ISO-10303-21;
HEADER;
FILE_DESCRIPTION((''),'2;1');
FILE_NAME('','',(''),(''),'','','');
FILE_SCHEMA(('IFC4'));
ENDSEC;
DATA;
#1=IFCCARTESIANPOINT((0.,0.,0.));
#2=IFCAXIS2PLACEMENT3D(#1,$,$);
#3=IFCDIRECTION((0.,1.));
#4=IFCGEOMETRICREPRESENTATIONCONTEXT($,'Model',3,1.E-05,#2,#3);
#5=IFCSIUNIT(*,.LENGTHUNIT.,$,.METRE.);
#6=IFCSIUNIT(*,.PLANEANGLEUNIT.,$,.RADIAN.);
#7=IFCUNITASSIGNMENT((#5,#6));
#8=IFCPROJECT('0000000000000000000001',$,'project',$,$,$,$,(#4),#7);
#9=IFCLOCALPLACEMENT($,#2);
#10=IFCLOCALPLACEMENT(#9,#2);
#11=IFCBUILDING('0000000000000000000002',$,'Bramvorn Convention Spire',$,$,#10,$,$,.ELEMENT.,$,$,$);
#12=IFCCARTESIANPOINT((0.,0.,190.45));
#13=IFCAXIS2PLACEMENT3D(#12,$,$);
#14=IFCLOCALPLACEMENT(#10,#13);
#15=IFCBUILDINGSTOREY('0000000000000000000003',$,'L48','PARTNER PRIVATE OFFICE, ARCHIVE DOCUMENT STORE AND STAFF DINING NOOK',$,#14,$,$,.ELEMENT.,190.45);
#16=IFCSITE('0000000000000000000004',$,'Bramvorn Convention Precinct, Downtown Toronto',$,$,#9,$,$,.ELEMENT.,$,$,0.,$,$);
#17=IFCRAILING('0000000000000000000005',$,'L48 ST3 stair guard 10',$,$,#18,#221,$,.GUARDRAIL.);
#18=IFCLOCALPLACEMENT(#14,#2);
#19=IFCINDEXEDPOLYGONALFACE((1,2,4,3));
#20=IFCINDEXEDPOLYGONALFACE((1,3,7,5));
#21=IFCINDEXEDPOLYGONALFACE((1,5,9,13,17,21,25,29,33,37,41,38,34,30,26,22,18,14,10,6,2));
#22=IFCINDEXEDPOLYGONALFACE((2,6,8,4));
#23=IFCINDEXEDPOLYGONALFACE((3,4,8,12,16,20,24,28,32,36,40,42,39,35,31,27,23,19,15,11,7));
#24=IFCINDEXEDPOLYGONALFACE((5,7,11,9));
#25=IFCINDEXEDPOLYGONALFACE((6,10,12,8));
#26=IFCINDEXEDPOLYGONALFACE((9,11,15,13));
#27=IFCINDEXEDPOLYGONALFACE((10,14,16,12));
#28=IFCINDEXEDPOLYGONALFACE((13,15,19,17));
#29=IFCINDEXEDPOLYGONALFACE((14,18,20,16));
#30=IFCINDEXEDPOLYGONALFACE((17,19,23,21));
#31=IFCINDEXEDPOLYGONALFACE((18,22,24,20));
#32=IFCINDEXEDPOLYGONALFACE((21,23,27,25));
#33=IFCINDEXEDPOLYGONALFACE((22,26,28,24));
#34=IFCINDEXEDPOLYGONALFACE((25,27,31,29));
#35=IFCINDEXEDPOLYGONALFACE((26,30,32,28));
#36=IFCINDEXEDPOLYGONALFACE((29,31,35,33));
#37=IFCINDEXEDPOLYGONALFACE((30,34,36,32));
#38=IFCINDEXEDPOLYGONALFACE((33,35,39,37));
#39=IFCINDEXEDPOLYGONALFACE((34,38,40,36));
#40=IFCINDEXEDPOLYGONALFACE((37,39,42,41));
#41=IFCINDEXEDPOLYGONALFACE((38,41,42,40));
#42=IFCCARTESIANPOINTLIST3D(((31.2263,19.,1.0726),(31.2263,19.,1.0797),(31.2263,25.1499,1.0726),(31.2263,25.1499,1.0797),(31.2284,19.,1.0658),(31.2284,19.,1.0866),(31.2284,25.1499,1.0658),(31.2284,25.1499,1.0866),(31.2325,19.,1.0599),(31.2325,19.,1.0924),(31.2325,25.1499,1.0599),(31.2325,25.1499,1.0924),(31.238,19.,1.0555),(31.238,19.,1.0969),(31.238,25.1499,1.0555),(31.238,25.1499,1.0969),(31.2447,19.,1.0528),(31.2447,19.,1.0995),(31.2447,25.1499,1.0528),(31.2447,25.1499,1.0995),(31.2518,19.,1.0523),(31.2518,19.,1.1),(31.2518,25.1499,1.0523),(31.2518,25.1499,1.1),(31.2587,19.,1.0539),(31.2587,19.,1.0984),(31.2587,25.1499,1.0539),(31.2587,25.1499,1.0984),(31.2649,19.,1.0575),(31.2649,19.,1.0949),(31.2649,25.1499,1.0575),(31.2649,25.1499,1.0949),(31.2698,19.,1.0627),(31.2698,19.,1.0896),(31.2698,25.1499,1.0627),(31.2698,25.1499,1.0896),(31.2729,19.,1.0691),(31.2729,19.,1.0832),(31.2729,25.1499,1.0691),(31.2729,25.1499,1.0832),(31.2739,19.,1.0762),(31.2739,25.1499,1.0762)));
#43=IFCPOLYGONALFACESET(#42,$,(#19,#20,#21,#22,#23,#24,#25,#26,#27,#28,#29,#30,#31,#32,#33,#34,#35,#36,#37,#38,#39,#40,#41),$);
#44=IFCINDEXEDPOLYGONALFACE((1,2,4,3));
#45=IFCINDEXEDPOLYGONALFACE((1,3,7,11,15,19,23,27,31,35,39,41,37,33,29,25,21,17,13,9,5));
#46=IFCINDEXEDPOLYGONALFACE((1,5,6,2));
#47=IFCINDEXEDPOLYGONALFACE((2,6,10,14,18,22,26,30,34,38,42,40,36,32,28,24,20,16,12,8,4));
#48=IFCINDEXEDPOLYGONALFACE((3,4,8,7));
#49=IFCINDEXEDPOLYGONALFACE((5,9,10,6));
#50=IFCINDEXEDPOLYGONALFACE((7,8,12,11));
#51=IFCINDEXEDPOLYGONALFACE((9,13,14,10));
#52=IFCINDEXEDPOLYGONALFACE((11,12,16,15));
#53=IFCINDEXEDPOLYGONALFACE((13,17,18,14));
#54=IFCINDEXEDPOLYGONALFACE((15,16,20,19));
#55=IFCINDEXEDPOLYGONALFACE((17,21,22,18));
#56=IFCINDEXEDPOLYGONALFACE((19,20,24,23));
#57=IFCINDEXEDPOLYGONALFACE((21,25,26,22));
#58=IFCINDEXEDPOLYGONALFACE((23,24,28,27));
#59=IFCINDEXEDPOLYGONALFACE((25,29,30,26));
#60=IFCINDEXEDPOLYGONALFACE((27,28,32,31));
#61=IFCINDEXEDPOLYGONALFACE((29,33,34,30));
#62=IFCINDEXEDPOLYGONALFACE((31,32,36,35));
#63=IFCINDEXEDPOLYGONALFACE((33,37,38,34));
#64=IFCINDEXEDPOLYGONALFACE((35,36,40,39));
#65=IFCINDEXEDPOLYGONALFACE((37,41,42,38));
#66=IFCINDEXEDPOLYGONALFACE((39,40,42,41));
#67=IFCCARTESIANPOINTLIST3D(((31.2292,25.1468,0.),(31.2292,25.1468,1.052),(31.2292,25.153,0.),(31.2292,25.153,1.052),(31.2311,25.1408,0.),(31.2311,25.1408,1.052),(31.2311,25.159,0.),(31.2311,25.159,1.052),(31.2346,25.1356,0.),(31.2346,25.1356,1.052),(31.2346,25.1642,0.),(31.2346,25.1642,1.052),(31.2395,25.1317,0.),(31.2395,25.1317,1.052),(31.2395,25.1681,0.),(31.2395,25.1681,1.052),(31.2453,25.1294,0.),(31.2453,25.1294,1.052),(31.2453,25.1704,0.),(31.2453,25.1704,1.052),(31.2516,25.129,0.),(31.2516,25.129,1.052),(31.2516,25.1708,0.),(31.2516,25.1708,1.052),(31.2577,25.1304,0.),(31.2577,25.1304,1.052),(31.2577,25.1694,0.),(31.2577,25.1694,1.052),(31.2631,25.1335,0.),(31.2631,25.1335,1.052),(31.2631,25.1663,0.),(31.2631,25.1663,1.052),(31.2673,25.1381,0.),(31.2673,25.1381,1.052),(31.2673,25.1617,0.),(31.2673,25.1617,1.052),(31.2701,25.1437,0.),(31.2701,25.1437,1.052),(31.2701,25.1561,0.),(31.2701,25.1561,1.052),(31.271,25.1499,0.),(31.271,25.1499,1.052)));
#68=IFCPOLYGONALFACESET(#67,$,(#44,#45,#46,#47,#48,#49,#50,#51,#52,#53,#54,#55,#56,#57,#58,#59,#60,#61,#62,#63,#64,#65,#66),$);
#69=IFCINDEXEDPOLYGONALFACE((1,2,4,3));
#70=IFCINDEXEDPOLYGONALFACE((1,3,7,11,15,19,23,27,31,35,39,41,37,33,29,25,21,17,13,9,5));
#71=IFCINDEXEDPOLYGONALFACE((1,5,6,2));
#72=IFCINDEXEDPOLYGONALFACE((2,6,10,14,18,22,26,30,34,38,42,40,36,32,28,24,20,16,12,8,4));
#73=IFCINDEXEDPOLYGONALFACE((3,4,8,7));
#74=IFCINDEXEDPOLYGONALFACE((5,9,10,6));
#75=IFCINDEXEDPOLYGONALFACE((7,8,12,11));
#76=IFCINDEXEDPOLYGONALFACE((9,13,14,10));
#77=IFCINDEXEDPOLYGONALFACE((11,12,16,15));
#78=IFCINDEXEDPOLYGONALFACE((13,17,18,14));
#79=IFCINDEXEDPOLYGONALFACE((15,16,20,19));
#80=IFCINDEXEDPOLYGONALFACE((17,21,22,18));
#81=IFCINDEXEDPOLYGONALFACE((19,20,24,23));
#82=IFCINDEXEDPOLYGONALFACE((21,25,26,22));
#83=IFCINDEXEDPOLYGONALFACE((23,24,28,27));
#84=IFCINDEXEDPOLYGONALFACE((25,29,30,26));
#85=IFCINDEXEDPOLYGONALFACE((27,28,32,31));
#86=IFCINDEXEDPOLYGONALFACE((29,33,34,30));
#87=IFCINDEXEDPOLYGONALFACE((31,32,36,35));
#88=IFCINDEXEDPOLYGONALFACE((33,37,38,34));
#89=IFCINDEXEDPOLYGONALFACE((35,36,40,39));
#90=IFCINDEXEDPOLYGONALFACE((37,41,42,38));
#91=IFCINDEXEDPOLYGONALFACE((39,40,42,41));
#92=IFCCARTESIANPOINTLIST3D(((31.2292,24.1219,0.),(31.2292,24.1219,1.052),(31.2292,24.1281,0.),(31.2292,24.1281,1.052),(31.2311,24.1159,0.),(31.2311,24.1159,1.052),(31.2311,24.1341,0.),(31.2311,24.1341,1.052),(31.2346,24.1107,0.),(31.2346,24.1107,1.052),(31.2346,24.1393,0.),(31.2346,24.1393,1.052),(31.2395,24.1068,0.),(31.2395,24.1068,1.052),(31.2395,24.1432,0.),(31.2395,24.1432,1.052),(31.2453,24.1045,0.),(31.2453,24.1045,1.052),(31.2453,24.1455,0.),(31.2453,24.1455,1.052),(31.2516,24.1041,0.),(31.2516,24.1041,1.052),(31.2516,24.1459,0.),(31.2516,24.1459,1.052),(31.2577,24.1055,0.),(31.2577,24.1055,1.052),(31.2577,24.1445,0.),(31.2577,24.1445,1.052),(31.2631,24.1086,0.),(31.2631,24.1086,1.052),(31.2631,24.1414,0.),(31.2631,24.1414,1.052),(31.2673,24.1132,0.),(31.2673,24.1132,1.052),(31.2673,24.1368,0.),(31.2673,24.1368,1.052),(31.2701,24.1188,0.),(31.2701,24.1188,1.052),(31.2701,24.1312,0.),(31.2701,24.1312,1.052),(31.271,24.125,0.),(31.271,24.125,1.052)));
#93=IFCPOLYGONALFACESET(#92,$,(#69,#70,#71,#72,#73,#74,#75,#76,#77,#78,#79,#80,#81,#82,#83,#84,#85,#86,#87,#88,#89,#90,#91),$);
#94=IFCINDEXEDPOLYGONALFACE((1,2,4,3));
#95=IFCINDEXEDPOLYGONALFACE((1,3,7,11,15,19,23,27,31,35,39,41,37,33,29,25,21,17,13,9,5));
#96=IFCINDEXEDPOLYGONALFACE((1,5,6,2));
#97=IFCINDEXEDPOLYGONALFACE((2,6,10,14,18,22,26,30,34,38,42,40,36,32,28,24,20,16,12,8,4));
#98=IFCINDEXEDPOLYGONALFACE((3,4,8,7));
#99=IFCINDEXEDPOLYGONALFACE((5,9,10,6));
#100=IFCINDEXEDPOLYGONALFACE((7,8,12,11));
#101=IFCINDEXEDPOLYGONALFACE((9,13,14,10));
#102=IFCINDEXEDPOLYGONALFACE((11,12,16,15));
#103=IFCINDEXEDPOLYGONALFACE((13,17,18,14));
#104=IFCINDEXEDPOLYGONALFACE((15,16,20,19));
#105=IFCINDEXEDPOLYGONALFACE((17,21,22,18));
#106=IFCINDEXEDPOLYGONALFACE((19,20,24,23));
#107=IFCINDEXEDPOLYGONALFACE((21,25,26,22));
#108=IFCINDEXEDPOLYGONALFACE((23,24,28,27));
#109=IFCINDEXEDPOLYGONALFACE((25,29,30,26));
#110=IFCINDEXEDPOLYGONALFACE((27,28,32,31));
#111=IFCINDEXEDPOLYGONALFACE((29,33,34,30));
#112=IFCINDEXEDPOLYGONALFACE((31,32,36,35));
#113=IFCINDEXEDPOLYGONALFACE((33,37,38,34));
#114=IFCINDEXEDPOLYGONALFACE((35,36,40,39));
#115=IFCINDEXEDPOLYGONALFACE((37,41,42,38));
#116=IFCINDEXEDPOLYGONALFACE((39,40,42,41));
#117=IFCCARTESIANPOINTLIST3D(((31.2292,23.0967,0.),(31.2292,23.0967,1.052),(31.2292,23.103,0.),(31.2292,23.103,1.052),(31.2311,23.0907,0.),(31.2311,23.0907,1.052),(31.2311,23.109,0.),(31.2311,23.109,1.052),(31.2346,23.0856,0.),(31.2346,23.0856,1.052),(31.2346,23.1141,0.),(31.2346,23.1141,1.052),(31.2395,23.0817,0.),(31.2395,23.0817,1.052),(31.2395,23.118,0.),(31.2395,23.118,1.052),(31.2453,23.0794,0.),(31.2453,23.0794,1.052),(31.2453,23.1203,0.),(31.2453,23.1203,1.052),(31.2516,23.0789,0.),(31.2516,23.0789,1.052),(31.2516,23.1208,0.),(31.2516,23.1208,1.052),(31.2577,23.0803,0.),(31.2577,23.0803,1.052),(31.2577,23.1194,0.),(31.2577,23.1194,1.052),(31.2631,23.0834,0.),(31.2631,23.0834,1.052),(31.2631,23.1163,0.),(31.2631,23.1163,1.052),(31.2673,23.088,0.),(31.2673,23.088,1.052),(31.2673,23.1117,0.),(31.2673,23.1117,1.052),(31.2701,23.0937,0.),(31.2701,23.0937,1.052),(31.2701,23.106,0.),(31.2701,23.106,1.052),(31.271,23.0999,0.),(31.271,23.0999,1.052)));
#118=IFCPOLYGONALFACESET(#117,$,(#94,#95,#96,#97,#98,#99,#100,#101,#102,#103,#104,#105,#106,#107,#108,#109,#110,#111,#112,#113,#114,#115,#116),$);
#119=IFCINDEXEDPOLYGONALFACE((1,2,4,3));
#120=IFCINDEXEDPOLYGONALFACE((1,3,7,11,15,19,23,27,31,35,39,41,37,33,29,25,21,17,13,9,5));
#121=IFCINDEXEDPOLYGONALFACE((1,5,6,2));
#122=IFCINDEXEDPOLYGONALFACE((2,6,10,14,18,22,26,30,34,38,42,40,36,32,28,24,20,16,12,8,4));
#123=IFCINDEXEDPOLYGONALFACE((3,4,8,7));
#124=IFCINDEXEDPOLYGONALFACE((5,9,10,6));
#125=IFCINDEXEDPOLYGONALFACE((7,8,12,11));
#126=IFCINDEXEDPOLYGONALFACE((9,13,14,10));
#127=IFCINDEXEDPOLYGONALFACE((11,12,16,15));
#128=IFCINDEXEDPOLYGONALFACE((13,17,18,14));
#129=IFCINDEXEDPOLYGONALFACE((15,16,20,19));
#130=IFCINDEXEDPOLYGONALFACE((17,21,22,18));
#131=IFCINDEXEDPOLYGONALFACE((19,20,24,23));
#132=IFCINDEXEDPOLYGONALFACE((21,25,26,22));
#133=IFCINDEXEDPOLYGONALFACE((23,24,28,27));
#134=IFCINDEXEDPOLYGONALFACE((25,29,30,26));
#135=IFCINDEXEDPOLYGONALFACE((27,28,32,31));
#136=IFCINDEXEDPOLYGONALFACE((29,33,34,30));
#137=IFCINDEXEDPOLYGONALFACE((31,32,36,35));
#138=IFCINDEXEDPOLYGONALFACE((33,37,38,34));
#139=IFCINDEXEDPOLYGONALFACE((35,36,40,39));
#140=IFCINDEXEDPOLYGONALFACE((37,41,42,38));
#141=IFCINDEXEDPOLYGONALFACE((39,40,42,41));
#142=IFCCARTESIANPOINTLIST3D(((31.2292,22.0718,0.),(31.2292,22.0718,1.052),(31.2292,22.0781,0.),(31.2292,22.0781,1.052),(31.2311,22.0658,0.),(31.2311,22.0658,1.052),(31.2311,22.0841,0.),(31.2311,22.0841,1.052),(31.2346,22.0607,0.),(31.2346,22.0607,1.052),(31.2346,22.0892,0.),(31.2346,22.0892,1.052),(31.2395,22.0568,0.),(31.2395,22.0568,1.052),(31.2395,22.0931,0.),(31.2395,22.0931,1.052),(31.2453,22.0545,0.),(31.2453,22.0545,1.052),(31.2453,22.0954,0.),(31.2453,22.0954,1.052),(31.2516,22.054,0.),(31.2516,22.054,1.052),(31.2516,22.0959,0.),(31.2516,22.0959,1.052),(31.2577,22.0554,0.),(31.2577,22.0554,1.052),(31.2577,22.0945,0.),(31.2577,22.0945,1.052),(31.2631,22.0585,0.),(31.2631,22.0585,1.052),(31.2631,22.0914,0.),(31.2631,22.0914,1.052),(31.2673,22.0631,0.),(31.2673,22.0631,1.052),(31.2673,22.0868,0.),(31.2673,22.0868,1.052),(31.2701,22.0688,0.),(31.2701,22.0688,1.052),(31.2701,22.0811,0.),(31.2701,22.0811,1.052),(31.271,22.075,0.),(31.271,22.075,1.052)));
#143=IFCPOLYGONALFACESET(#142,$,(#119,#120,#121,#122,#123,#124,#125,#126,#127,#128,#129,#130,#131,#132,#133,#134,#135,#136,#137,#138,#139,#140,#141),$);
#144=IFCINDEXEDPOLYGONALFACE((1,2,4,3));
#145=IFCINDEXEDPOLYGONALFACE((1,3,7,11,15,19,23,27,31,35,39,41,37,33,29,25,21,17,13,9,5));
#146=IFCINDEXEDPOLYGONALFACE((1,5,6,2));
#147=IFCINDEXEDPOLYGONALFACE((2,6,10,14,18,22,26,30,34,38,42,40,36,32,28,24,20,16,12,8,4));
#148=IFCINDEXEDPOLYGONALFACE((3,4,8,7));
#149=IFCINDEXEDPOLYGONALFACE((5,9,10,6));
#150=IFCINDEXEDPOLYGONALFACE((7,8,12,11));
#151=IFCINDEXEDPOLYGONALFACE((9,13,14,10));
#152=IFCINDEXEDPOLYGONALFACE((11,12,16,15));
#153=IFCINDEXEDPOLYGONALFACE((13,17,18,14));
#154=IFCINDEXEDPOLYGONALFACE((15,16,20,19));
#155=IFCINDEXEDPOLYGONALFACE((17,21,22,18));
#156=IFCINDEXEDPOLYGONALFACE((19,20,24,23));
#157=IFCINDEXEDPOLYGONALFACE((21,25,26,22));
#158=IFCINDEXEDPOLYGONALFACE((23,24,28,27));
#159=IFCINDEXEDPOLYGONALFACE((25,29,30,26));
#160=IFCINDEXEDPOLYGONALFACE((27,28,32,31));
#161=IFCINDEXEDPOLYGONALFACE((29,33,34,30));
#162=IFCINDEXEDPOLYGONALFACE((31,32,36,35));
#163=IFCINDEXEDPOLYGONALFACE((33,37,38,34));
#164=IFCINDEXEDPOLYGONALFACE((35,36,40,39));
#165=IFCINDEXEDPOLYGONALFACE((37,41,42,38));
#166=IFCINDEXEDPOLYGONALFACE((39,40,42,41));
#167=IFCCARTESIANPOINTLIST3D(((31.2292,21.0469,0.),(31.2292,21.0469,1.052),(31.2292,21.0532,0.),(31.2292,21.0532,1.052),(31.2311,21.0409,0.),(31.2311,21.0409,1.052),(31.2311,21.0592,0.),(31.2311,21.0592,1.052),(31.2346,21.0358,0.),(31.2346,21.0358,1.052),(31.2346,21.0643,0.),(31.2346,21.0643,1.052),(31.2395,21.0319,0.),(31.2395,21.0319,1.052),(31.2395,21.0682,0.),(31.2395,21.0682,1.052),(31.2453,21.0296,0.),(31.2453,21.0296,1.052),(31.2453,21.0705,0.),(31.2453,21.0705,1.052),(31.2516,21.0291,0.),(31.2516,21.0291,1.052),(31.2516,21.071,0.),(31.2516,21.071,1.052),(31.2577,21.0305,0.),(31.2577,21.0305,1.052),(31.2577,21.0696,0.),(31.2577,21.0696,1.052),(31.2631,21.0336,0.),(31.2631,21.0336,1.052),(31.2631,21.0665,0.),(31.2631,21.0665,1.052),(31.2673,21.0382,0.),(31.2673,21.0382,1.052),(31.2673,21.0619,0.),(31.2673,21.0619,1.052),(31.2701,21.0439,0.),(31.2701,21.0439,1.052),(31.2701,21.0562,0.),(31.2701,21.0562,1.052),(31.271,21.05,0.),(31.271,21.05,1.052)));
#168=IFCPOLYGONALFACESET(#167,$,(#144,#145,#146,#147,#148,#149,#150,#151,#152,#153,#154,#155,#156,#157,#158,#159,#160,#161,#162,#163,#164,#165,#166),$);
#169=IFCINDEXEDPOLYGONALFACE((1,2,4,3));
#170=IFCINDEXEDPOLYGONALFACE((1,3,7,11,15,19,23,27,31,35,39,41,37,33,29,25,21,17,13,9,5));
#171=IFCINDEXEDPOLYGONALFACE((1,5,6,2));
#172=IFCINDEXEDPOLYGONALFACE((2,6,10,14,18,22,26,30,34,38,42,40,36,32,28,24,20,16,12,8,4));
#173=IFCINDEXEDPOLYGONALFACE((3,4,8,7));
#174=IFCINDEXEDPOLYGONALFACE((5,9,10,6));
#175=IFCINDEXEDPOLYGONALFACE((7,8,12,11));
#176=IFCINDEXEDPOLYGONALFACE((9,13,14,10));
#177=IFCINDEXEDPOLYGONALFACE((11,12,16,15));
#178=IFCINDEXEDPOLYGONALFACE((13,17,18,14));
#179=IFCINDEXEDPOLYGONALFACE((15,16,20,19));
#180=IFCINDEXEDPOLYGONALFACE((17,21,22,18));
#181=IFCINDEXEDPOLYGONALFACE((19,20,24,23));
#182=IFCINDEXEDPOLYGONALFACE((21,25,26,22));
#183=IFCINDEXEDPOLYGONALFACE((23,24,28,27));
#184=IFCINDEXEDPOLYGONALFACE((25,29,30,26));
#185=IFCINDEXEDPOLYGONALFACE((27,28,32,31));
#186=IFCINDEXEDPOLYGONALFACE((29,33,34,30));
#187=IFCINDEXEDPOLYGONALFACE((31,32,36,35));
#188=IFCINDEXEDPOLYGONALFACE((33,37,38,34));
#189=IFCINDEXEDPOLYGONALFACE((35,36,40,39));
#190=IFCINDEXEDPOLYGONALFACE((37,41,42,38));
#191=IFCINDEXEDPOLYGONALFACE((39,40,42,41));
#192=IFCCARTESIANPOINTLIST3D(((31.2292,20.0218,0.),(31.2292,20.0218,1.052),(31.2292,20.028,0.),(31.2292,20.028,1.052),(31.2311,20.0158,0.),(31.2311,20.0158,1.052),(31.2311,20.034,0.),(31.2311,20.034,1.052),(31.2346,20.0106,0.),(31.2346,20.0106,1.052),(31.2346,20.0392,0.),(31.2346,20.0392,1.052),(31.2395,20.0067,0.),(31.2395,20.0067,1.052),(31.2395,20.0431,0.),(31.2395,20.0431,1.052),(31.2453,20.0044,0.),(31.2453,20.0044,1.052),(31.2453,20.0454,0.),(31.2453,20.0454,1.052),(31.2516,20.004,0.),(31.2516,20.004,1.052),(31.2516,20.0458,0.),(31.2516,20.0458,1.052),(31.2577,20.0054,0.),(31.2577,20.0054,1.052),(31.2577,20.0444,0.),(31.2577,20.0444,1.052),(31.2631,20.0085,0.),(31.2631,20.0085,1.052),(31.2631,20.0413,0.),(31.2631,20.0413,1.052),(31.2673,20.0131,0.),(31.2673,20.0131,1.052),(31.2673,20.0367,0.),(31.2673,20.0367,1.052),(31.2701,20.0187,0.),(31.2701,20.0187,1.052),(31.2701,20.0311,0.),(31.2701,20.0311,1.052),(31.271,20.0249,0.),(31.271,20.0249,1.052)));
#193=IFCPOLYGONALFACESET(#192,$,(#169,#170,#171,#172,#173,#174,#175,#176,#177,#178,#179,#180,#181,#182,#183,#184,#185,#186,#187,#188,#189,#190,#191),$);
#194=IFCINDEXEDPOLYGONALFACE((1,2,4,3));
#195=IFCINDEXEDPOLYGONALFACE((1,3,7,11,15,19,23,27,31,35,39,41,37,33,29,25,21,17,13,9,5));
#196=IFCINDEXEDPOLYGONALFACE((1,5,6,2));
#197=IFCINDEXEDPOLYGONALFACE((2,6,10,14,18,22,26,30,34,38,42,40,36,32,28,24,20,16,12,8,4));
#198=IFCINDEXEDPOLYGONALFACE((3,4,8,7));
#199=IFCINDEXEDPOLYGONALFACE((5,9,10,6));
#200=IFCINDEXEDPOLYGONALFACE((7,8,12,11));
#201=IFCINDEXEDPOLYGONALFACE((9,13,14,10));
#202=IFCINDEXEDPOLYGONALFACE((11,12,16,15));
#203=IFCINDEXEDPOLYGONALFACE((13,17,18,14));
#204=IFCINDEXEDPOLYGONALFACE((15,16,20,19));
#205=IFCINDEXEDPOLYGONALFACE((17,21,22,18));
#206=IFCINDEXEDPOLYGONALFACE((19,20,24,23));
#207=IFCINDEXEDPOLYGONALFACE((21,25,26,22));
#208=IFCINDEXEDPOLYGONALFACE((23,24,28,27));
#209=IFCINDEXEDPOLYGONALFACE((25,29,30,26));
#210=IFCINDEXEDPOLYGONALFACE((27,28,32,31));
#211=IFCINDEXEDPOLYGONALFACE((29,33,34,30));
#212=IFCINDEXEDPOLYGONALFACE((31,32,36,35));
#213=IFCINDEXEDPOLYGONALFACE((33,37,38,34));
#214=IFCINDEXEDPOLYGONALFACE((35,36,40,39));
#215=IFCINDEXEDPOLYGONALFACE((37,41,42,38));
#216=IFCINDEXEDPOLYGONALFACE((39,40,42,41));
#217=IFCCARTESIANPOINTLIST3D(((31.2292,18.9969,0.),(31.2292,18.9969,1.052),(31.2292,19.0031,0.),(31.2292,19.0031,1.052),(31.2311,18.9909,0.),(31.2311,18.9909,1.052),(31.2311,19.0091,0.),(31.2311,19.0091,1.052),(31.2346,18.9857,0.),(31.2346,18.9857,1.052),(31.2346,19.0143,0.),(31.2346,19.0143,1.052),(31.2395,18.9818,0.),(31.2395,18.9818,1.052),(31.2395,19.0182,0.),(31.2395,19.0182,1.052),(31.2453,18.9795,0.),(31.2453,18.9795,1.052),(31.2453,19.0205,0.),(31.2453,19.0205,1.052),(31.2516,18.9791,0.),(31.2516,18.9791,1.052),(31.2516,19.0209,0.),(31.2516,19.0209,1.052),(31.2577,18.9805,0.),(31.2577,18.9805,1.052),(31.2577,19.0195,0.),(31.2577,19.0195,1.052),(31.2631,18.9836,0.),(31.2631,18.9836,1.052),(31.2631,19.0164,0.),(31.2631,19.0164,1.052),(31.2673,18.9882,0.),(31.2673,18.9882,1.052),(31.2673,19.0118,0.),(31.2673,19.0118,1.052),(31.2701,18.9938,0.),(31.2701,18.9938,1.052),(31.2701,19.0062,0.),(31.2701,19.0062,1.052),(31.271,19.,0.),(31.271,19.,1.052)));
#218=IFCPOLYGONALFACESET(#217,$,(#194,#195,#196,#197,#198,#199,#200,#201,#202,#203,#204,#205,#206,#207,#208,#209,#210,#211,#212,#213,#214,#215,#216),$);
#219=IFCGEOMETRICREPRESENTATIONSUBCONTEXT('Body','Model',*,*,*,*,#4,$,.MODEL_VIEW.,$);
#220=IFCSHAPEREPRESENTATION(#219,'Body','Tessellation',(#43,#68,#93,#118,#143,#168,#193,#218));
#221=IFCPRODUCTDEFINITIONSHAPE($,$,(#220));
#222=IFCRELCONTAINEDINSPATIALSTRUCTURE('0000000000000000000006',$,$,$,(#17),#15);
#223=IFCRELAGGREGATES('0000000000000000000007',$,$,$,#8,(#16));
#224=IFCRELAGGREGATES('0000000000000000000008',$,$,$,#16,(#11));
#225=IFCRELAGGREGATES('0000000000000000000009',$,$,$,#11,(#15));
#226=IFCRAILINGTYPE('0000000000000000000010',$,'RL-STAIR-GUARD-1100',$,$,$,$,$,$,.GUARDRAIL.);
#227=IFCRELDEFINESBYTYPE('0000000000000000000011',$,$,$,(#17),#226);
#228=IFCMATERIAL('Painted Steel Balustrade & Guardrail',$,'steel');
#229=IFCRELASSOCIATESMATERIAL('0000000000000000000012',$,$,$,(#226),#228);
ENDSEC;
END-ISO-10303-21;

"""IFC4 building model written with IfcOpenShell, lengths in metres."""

from ifc_helpers import new_model, si_unit, direction, frame, origin, origin_2d, place, context, subcontext, project, spatial, circle, extrude, material, type_object, element, save


model = new_model("IFC4")

# Units and contexts
model_context = context("Model", 3, precision=1e-05, world=origin(), true_north=direction((0.0, 1.0)))
body_context = subcontext(model_context, "Body", "Model", "MODEL_VIEW")
ifc_project = project(units=[si_unit("LENGTHUNIT", "METRE"), si_unit("PLANEANGLEUNIT", "RADIAN")], contexts=[model_context])

# Site, building, storey
site_placement = place(None, origin())
site = spatial("IfcSite", under=ifc_project, at=site_placement, Name="Bramvorn Convention Precinct, Downtown Toronto", CompositionType="ELEMENT", RefElevation=0.0)
building_placement = place(site_placement, origin())
building = spatial("IfcBuilding", under=site, at=building_placement, Name="Bramvorn Convention Spire", CompositionType="ELEMENT")
storey_placement = place(building_placement, frame((0.0, 0.0, 190.45)))
storey = spatial("IfcBuildingStorey", under=building, at=storey_placement, Name="L48", Description="PARTNER PRIVATE OFFICE, ARCHIVE DOCUMENT STORE AND STAFF DINING NOOK", CompositionType="ELEMENT", Elevation=190.45)

# Railing
ifc_material_1 = material(Name="Painted Steel Balustrade & Guardrail", Category="steel")
railing_type_1 = type_object("IfcRailingType", Name="RL-STAIR-GUARD-1100", PredefinedType="GUARDRAIL", material=ifc_material_1)
railing_1_placement = place(storey_placement, frame((31.25, 25.1499, 0.0)))
element("IfcRailing", 1, at=railing_1_placement, inside=storey, type_object=railing_type_1, Name="L48 ST3 stair guard 10", PredefinedType="GUARDRAIL", context=body_context, shape_type="SweptSolid", body=[
    extrude(circle(Radius=0.0239, at=origin_2d()), frame((0.0, 0.0, 1.0762), z_axis=(0.0, -1.0, 0.0), x_axis=(1.0, 0.0, 0.0)), (0.0, 0.0, 1.0), 6.1499),
    extrude(circle(Radius=0.021, at=origin_2d()), origin(), (0.0, 0.0, 1.0), 1.052),
    extrude(circle(Radius=0.021, at=origin_2d()), frame((0.0, -1.0249, 0.0)), (0.0, 0.0, 1.0), 1.052),
    extrude(circle(Radius=0.021, at=origin_2d()), frame((0.0, -2.05, 0.0)), (0.0, 0.0, 1.0), 1.052),
    extrude(circle(Radius=0.021, at=origin_2d()), frame((0.0, -3.075, 0.0)), (0.0, 0.0, 1.0), 1.052),
    extrude(circle(Radius=0.021, at=origin_2d()), frame((0.0, -4.0999, 0.0)), (0.0, 0.0, 1.0), 1.052),
    extrude(circle(Radius=0.021, at=origin_2d()), frame((0.0, -5.125, 0.0)), (0.0, 0.0, 1.0), 1.052),
    extrude(circle(Radius=0.021, at=origin_2d()), frame((0.0, -6.1499, 0.0)), (0.0, 0.0, 1.0), 1.052),
])

save(model, "model.ifc")
